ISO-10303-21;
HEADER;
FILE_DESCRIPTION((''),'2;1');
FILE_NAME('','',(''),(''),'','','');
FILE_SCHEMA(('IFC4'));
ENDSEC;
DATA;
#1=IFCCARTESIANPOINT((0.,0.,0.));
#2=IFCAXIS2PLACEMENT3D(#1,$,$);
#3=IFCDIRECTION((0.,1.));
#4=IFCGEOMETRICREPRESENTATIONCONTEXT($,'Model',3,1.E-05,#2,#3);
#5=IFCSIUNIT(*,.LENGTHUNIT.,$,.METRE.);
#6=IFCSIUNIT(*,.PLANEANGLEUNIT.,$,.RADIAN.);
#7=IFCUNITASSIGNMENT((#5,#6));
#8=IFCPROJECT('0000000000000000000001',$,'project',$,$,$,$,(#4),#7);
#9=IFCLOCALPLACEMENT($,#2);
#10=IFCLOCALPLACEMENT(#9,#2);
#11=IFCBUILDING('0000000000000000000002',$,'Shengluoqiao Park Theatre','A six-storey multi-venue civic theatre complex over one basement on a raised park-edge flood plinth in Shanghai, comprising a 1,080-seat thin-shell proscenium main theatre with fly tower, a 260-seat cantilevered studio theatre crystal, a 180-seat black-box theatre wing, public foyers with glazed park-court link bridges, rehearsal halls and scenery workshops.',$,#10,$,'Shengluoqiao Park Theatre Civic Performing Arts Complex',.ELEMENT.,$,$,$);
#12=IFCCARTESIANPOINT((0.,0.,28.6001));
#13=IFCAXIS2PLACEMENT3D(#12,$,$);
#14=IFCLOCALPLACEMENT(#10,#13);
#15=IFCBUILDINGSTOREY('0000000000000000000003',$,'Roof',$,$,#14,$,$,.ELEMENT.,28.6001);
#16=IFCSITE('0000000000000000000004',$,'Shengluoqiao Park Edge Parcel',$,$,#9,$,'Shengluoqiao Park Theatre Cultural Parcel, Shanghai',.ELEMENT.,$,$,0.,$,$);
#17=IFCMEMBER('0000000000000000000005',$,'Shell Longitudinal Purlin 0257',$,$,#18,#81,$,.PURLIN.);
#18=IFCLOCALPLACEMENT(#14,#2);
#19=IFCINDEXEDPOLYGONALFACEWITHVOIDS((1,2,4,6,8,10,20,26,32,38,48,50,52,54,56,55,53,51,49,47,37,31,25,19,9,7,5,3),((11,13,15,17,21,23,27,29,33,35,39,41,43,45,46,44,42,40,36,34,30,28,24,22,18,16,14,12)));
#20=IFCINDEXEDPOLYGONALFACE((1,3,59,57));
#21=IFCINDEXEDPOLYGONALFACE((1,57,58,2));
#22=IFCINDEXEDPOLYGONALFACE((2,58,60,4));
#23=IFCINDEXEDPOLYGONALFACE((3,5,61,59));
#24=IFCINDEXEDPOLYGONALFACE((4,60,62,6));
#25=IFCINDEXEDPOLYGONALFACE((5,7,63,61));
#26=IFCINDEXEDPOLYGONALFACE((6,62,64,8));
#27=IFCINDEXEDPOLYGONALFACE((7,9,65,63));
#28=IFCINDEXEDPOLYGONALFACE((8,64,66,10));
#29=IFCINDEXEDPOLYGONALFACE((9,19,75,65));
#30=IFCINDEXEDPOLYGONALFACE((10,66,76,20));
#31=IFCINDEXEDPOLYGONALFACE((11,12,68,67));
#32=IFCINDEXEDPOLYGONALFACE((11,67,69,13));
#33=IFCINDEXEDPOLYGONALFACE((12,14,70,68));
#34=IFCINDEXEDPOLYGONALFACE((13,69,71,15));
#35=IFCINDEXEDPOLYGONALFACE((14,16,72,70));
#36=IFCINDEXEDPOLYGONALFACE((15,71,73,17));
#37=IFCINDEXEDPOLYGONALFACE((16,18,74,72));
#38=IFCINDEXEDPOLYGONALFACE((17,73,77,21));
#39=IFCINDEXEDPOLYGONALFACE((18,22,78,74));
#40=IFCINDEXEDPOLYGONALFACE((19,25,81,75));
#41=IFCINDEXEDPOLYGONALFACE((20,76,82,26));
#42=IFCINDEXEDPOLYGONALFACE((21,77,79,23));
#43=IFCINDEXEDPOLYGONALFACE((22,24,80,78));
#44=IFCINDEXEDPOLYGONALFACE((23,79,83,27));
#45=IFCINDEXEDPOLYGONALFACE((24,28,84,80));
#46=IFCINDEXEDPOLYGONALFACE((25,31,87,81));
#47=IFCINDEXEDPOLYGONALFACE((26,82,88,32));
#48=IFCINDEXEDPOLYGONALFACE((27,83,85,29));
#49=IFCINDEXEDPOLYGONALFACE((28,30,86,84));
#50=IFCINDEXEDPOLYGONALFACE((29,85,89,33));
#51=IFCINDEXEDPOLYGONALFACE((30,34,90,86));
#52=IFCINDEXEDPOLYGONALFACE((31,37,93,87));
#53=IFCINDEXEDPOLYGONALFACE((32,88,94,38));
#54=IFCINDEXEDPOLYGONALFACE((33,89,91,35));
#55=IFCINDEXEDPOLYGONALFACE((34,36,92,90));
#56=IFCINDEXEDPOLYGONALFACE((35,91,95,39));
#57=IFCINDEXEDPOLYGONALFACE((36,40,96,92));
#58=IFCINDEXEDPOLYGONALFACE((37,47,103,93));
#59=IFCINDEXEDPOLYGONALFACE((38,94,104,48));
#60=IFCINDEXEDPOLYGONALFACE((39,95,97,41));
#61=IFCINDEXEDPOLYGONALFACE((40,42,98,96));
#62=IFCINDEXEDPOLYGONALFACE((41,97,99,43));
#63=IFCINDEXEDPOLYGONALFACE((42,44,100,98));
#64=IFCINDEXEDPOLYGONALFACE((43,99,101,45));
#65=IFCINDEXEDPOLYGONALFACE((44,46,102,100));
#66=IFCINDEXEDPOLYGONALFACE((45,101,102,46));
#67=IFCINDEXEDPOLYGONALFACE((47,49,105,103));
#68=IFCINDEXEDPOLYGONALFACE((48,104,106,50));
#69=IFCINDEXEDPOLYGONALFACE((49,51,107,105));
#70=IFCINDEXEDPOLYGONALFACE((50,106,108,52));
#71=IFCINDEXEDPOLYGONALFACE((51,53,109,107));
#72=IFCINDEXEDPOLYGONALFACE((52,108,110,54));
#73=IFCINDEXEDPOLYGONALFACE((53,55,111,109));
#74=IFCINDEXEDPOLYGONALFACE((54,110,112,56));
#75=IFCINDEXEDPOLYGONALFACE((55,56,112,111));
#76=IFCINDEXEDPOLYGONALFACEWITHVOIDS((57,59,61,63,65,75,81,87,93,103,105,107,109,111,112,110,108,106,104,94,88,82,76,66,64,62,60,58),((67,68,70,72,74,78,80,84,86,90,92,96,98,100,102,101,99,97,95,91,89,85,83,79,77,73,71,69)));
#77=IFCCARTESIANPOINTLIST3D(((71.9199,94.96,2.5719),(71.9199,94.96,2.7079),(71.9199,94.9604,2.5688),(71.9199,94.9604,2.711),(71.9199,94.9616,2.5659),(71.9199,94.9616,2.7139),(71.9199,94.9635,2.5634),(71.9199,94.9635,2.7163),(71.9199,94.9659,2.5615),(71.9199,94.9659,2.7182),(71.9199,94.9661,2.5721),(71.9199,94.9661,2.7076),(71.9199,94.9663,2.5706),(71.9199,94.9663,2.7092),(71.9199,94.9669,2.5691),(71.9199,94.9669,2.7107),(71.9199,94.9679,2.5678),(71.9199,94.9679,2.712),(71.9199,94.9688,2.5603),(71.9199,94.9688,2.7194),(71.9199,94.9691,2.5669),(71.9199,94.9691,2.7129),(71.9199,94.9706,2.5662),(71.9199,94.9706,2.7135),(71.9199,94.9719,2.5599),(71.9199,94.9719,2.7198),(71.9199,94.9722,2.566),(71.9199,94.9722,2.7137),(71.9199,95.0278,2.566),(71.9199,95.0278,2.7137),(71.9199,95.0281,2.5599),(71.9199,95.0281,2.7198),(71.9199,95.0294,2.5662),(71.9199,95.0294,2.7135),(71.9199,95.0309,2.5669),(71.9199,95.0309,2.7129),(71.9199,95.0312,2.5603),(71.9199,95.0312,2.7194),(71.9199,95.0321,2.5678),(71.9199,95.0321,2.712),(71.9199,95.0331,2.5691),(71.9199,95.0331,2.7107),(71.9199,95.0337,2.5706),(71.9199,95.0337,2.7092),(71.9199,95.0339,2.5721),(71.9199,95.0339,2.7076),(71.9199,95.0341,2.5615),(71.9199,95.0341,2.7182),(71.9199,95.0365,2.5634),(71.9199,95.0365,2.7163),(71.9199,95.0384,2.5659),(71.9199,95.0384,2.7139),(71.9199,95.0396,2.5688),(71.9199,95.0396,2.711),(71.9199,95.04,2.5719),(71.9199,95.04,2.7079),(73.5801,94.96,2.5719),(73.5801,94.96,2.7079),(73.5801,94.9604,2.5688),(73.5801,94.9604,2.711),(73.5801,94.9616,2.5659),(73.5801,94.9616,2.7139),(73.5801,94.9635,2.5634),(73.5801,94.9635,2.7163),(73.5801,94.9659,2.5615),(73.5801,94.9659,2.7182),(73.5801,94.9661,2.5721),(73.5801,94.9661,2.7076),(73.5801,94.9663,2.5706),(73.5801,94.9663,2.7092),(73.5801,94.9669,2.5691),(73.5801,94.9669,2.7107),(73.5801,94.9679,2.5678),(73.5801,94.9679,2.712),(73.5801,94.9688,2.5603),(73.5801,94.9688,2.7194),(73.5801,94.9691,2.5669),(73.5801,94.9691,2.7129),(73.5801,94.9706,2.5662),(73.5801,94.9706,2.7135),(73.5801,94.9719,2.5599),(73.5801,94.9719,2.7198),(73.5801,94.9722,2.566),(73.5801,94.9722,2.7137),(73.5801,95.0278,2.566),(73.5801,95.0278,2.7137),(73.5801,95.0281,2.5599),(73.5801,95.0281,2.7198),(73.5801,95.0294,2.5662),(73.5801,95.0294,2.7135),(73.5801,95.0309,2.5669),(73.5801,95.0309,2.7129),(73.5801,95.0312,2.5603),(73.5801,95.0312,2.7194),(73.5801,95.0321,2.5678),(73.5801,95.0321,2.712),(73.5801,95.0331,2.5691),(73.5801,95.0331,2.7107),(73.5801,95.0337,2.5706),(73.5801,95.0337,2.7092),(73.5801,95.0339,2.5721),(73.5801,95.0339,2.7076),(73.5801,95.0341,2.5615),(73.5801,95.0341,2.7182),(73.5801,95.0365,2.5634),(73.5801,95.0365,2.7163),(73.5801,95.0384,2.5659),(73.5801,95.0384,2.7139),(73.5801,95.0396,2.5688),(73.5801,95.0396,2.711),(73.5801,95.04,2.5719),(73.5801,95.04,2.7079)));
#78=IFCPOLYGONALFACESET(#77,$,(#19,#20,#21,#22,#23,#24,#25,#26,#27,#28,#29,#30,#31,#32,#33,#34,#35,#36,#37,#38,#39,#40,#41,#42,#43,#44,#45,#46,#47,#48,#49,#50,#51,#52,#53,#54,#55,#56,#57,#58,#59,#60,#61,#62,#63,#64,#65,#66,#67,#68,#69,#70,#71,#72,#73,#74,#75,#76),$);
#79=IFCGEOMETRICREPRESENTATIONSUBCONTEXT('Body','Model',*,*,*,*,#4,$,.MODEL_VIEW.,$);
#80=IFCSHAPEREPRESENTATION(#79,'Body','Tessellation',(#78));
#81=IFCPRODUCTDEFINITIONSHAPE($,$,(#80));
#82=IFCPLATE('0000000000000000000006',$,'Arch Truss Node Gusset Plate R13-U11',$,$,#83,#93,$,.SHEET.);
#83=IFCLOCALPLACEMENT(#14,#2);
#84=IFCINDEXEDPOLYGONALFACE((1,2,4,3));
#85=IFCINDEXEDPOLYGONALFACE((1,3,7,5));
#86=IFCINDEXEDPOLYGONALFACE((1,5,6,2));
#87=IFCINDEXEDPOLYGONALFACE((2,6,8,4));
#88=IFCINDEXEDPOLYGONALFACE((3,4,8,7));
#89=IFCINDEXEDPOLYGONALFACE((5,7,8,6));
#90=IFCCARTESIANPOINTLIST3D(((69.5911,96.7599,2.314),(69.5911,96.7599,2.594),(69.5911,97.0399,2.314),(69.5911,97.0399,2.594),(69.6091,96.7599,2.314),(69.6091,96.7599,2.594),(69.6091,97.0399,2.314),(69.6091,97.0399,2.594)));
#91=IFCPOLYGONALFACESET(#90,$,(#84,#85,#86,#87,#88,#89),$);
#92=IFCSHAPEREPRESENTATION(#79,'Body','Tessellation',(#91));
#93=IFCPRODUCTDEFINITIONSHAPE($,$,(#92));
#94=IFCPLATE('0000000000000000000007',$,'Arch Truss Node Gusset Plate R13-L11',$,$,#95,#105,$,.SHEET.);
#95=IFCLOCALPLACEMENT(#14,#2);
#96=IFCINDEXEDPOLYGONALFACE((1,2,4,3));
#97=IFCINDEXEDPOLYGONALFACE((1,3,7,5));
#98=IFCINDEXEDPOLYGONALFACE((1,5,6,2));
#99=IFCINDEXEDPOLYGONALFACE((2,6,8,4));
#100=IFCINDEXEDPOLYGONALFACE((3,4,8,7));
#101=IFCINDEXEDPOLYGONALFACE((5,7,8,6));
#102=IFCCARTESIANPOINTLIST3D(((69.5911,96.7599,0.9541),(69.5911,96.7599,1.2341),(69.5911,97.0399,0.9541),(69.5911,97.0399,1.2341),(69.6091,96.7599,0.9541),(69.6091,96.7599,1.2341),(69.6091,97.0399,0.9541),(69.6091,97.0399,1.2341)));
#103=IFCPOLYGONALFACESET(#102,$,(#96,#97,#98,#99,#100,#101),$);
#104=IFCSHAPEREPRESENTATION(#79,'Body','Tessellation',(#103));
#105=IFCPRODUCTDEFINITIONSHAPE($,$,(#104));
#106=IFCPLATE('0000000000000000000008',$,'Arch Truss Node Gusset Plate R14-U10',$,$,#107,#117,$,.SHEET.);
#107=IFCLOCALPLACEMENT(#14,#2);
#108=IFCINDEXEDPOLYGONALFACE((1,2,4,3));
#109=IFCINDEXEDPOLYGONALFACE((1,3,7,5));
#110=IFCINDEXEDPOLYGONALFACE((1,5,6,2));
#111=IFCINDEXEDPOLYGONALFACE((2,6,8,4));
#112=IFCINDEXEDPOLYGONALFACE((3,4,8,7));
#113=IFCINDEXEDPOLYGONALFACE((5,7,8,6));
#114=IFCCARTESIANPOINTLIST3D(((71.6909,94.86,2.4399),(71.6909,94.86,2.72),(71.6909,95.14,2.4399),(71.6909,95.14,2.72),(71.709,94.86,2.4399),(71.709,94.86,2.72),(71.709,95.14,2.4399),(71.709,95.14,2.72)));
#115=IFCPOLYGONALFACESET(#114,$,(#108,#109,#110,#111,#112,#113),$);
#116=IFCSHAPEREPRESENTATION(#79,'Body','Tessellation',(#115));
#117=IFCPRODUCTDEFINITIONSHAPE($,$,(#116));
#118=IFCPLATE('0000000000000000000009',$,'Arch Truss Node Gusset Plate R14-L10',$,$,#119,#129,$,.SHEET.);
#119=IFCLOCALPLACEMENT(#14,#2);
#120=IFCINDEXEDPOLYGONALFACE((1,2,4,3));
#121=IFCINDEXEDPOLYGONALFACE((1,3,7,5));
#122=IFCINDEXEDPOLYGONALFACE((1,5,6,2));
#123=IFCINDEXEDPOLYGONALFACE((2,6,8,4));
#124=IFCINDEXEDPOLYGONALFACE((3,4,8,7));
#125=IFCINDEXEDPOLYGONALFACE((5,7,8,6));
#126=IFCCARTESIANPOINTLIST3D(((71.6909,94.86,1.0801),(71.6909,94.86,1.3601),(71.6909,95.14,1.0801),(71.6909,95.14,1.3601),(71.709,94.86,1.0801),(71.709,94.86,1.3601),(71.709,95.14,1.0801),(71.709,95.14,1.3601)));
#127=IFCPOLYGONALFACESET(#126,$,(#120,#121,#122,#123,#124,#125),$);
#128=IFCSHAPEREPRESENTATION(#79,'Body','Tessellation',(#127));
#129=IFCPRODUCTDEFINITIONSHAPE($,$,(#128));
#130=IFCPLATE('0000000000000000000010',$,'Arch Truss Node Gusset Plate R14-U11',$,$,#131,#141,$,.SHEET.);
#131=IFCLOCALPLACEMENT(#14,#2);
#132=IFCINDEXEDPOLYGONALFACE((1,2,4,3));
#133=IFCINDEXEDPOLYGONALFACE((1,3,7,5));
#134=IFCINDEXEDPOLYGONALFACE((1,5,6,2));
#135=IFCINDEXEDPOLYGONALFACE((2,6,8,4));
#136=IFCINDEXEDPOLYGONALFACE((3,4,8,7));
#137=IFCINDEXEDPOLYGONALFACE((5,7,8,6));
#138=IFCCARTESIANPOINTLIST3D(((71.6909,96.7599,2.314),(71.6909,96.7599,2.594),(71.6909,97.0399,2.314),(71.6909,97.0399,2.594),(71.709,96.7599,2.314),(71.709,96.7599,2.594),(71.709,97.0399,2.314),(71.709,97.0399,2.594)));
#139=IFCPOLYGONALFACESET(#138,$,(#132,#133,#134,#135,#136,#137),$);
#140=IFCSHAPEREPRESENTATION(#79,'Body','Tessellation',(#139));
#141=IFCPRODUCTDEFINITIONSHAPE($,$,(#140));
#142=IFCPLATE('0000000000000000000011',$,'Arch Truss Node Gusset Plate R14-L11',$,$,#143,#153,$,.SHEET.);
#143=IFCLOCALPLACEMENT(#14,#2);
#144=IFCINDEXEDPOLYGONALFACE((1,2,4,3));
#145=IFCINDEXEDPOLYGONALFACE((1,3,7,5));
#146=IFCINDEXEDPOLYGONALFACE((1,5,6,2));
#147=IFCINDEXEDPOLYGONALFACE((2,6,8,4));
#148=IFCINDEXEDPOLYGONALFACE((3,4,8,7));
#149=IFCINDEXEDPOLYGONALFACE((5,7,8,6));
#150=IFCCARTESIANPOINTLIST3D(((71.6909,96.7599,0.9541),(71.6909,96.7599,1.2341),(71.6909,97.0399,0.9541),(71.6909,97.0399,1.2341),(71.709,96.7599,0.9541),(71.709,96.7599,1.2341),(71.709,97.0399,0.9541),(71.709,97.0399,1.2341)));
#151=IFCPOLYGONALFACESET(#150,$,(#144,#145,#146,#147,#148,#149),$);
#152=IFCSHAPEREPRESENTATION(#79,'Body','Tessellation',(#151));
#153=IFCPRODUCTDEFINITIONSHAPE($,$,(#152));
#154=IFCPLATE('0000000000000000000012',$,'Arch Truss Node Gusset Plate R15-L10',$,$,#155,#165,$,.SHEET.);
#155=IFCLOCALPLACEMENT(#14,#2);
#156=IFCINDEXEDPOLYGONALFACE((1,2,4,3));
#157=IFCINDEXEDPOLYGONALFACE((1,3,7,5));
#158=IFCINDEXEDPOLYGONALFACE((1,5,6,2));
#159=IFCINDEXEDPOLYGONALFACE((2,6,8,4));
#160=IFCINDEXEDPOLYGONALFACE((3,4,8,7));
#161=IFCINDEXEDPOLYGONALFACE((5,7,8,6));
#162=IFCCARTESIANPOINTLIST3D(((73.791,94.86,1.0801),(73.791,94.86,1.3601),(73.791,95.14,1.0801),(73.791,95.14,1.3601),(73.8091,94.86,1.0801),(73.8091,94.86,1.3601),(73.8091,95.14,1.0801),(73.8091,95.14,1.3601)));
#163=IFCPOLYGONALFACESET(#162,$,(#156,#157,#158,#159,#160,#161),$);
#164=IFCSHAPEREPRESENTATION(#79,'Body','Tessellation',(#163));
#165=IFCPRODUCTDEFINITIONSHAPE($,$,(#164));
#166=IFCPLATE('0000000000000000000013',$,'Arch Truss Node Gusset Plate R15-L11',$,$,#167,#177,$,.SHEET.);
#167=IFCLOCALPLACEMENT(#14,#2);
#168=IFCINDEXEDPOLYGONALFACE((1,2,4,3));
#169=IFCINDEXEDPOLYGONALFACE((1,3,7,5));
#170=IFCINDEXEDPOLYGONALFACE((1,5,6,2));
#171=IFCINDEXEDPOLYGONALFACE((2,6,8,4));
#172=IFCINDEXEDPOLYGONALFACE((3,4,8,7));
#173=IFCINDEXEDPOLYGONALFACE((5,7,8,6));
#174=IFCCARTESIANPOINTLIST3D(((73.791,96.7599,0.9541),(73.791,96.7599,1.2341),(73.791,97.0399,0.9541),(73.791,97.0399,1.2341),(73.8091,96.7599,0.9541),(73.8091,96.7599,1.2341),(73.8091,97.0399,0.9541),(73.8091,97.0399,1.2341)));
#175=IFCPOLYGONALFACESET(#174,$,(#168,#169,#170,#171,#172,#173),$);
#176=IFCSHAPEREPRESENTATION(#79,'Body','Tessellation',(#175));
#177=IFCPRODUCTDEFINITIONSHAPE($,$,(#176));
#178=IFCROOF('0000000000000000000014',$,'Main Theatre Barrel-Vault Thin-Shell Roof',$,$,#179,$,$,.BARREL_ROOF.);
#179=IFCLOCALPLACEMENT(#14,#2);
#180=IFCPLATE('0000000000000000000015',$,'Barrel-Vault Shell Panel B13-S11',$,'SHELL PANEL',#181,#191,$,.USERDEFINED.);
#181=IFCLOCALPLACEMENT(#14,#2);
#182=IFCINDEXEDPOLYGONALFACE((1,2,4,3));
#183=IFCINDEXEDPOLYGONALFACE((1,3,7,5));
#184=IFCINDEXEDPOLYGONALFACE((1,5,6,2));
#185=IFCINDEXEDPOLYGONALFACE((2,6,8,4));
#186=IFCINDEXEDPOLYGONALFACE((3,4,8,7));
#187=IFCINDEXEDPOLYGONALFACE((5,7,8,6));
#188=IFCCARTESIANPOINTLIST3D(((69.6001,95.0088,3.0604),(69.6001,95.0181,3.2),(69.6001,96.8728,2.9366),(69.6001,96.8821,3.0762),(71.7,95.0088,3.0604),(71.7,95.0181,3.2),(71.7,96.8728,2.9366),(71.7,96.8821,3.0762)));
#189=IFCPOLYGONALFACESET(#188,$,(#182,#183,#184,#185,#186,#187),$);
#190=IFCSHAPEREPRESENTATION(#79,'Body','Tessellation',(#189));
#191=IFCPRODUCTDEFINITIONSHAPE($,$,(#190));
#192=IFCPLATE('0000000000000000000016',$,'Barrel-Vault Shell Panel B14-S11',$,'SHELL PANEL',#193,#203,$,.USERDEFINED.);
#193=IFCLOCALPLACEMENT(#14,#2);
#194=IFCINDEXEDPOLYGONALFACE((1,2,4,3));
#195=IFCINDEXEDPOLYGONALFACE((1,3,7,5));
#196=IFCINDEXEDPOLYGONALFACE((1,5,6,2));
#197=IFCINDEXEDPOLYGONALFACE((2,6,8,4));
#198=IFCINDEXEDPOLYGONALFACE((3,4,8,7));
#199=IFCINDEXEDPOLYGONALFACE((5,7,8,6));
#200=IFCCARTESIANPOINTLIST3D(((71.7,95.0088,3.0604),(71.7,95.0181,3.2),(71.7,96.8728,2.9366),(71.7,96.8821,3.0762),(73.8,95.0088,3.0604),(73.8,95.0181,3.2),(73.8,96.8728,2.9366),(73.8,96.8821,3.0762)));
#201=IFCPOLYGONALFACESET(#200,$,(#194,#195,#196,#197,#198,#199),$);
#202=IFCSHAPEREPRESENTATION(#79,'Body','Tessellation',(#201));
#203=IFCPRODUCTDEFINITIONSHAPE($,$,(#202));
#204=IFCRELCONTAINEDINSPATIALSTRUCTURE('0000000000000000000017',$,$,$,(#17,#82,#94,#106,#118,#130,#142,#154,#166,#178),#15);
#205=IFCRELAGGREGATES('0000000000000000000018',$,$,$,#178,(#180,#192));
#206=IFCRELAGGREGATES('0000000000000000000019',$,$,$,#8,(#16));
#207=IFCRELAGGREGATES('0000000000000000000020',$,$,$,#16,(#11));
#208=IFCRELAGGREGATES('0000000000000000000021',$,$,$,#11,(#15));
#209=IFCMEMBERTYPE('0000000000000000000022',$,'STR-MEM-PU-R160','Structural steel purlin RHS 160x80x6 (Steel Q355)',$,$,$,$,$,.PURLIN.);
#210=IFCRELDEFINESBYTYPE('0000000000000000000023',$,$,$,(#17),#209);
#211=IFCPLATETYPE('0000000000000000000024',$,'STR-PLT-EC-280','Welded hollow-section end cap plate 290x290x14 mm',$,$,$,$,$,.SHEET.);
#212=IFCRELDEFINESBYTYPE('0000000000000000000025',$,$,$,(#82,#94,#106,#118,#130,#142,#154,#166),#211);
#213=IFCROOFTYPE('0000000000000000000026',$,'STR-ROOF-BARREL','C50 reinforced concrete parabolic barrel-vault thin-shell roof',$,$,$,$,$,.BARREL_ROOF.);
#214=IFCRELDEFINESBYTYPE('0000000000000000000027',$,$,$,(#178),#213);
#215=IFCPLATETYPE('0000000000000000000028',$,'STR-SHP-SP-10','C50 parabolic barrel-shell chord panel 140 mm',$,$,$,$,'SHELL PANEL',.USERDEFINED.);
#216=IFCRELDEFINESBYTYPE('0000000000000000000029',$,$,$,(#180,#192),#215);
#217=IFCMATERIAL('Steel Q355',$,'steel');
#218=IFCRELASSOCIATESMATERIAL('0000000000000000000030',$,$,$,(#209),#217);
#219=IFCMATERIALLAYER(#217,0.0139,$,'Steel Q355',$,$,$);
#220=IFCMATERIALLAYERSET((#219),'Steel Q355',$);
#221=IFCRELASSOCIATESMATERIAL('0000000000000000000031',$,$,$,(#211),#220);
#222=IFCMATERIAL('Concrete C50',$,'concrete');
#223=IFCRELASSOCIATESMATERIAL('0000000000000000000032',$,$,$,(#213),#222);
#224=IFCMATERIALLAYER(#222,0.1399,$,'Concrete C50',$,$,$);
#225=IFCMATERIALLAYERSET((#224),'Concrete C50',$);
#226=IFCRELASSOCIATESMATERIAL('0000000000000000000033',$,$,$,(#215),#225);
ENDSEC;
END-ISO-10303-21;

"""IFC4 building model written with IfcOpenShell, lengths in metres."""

from ifc_helpers import new_model, si_unit, direction, frame, origin, origin_2d, place, context, subcontext, project, spatial, polyline, rectangle, hollow_rectangle, outline, extrude, material, layer, layer_set, material_profile, profile_set, type_object, element, aggregate, save


model = new_model("IFC4")

# Units and contexts
model_context = context("Model", 3, precision=1e-05, world=origin(), true_north=direction((0.0, 1.0)))
body_context = subcontext(model_context, "Body", "Model", "MODEL_VIEW")
ifc_project = project(units=[si_unit("LENGTHUNIT", "METRE"), si_unit("PLANEANGLEUNIT", "RADIAN")], contexts=[model_context])

# Site, building, storey
site_placement = place(None, origin())
site = spatial("IfcSite", under=ifc_project, at=site_placement, Name="Shengluoqiao Park Edge Parcel", LongName="Shengluoqiao Park Theatre Cultural Parcel, Shanghai", CompositionType="ELEMENT", RefElevation=0.0)
building_placement = place(site_placement, origin())
building = spatial("IfcBuilding", under=site, at=building_placement, Name="Shengluoqiao Park Theatre", Description="A six-storey multi-venue civic theatre complex over one basement on a raised park-edge flood plinth in Shanghai, comprising a 1,080-seat thin-shell proscenium main theatre with fly tower, a 260-seat cantilevered studio theatre crystal, a 180-seat black-box theatre wing, public foyers with glazed park-court link bridges, rehearsal halls and scenery workshops.", LongName="Shengluoqiao Park Theatre Civic Performing Arts Complex", CompositionType="ELEMENT")
storey_placement = place(building_placement, frame((0.0, 0.0, 28.6001)))
storey = spatial("IfcBuildingStorey", under=building, at=storey_placement, Name="Roof", CompositionType="ELEMENT", Elevation=28.6001)

# Shared definitions
ifc_material_1 = material(Name="Concrete C50", Category="concrete")
ifc_material_2 = material(Name="Steel Q355", Category="steel")

# Member
ifc_material_profile_1 = material_profile(ifc_material_2, hollow_rectangle(XDim=0.0801, YDim=0.1599, WallThickness=0.0061, InnerFilletRadius=0.0061, OuterFilletRadius=0.012, at=origin_2d()), Name="RHS 160x80x6")
ifc_profile_set_1 = profile_set([ifc_material_profile_1], Name="Steel Q355")
member_type_1 = type_object("IfcMemberType", Name="STR-MEM-PU-R160", Description="Structural steel purlin RHS 160x80x6 (Steel Q355)", PredefinedType="PURLIN", material=ifc_profile_set_1)
member_1_placement = place(storey_placement, frame((71.9199, 95.0, 2.6399), z_axis=(1.0, 0.0, 0.0), x_axis=(0.0, 1.0, 0.0)))
element("IfcMember", 1, at=member_1_placement, inside=storey, type_object=member_type_1, Name="Shell Longitudinal Purlin 0257", PredefinedType="PURLIN", context=body_context, shape_type="SweptSolid", body=[
    extrude(hollow_rectangle(XDim=0.0801, YDim=0.1599, WallThickness=0.0061, InnerFilletRadius=0.0061, OuterFilletRadius=0.012, at=origin_2d()), origin(), (0.0, 0.0, 1.0), 1.6602),
])

# Plates
ifc_layer_1 = layer(ifc_material_2, 0.0139, Name="Steel Q355")
ifc_layer_set_1 = layer_set([ifc_layer_1], Name="Steel Q355")
plate_type_1 = type_object("IfcPlateType", Name="STR-PLT-EC-280", Description="Welded hollow-section end cap plate 290x290x14 mm", PredefinedType="SHEET", material=ifc_layer_set_1)
for number, where, z_axis, x_axis, name in (
    (2, (69.6001, 96.8999, 2.314), (0.0, 0.0, 1.0), (1.0, 0.0, 0.0), "Arch Truss Node Gusset Plate R13-U11"),
    (3, (69.6001, 96.8999, 0.9541), (0.0, 0.0, 1.0), (1.0, 0.0, 0.0), "Arch Truss Node Gusset Plate R13-L11"),
    (4, (71.7, 95.0, 2.4399), (0.0, 0.0, 1.0), (1.0, 0.0, 0.0), "Arch Truss Node Gusset Plate R14-U10"),
    (5, (71.7, 95.0, 1.0801), (0.0, 0.0, 1.0), (1.0, 0.0, 0.0), "Arch Truss Node Gusset Plate R14-L10"),
    (6, (71.7, 96.8999, 2.314), (0.0, 0.0, 1.0), (1.0, 0.0, 0.0), "Arch Truss Node Gusset Plate R14-U11"),
    (7, (71.7, 96.8999, 0.9541), (0.0, 0.0, 1.0), (1.0, 0.0, 0.0), "Arch Truss Node Gusset Plate R14-L11"),
    (8, (73.8, 95.0, 1.0801), (0.0, 0.0, 1.0), (1.0, 0.0, 0.0), "Arch Truss Node Gusset Plate R15-L10"),
    (9, (73.8, 96.8999, 0.9541), (0.0, 0.0, 1.0), (1.0, 0.0, 0.0), "Arch Truss Node Gusset Plate R15-L11"),
):
    element("IfcPlate", number, at=place(storey_placement, frame(where, z_axis=z_axis, x_axis=x_axis)), inside=storey, type_object=plate_type_1, Name=name, PredefinedType="SHEET", context=body_context, shape_type="SweptSolid", body=[
        extrude(rectangle(XDim=0.0181, YDim=0.28, at=origin_2d()), origin(), (0.0, 0.0, 1.0), 0.28),
    ])

# Roof, plates
roof_type = type_object("IfcRoofType", Name="STR-ROOF-BARREL", Description="C50 reinforced concrete parabolic barrel-vault thin-shell roof", PredefinedType="BARREL_ROOF", material=ifc_material_1)
roof_placement = place(storey_placement, origin())
roof = element("IfcRoof", 10, at=roof_placement, inside=storey, type_object=roof_type, Name="Main Theatre Barrel-Vault Thin-Shell Roof", PredefinedType="BARREL_ROOF")
ifc_layer_2 = layer(ifc_material_1, 0.1399, Name="Concrete C50")
ifc_layer_set_2 = layer_set([ifc_layer_2], Name="Concrete C50")
plate_type_2 = type_object("IfcPlateType", Name="STR-SHP-SP-10", Description="C50 parabolic barrel-shell chord panel 140 mm", ElementType="SHELL PANEL", PredefinedType="USERDEFINED", material=ifc_layer_set_2)
plate_1_placement = place(storey_placement, frame((69.6001, 95.0181, 3.2), z_axis=(0.0, 0.066259, 0.997802), x_axis=(1.0, 0.0, 0.0)))
plate_1 = element("IfcPlate", 11, at=plate_1_placement, type_object=plate_type_2, Name="Barrel-Vault Shell Panel B13-S11", ObjectType="SHELL PANEL", PredefinedType="USERDEFINED", context=body_context, shape_type="SweptSolid", body=[
    extrude(outline(polyline([(0.0, 0.0), (2.0999, 0.0), (2.0999, 1.8681), (0.0, 1.8681), (0.0, 0.0)])), origin(), (0.0, 0.0, -1.0), 0.1399),
])
plate_2_placement = place(storey_placement, frame((71.7, 95.0181, 3.2), z_axis=(0.0, 0.066259, 0.997802), x_axis=(1.0, 0.0, 0.0)))
plate_2 = element("IfcPlate", 12, at=plate_2_placement, type_object=plate_type_2, Name="Barrel-Vault Shell Panel B14-S11", ObjectType="SHELL PANEL", PredefinedType="USERDEFINED", context=body_context, shape_type="SweptSolid", body=[
    extrude(outline(polyline([(0.0, 0.0), (2.1001, 0.0), (2.1001, 1.8681), (0.0, 1.8681), (0.0, 0.0)])), origin(), (0.0, 0.0, -1.0), 0.1399),
])
aggregate(roof, [plate_1, plate_2])

save(model, "model.ifc")
